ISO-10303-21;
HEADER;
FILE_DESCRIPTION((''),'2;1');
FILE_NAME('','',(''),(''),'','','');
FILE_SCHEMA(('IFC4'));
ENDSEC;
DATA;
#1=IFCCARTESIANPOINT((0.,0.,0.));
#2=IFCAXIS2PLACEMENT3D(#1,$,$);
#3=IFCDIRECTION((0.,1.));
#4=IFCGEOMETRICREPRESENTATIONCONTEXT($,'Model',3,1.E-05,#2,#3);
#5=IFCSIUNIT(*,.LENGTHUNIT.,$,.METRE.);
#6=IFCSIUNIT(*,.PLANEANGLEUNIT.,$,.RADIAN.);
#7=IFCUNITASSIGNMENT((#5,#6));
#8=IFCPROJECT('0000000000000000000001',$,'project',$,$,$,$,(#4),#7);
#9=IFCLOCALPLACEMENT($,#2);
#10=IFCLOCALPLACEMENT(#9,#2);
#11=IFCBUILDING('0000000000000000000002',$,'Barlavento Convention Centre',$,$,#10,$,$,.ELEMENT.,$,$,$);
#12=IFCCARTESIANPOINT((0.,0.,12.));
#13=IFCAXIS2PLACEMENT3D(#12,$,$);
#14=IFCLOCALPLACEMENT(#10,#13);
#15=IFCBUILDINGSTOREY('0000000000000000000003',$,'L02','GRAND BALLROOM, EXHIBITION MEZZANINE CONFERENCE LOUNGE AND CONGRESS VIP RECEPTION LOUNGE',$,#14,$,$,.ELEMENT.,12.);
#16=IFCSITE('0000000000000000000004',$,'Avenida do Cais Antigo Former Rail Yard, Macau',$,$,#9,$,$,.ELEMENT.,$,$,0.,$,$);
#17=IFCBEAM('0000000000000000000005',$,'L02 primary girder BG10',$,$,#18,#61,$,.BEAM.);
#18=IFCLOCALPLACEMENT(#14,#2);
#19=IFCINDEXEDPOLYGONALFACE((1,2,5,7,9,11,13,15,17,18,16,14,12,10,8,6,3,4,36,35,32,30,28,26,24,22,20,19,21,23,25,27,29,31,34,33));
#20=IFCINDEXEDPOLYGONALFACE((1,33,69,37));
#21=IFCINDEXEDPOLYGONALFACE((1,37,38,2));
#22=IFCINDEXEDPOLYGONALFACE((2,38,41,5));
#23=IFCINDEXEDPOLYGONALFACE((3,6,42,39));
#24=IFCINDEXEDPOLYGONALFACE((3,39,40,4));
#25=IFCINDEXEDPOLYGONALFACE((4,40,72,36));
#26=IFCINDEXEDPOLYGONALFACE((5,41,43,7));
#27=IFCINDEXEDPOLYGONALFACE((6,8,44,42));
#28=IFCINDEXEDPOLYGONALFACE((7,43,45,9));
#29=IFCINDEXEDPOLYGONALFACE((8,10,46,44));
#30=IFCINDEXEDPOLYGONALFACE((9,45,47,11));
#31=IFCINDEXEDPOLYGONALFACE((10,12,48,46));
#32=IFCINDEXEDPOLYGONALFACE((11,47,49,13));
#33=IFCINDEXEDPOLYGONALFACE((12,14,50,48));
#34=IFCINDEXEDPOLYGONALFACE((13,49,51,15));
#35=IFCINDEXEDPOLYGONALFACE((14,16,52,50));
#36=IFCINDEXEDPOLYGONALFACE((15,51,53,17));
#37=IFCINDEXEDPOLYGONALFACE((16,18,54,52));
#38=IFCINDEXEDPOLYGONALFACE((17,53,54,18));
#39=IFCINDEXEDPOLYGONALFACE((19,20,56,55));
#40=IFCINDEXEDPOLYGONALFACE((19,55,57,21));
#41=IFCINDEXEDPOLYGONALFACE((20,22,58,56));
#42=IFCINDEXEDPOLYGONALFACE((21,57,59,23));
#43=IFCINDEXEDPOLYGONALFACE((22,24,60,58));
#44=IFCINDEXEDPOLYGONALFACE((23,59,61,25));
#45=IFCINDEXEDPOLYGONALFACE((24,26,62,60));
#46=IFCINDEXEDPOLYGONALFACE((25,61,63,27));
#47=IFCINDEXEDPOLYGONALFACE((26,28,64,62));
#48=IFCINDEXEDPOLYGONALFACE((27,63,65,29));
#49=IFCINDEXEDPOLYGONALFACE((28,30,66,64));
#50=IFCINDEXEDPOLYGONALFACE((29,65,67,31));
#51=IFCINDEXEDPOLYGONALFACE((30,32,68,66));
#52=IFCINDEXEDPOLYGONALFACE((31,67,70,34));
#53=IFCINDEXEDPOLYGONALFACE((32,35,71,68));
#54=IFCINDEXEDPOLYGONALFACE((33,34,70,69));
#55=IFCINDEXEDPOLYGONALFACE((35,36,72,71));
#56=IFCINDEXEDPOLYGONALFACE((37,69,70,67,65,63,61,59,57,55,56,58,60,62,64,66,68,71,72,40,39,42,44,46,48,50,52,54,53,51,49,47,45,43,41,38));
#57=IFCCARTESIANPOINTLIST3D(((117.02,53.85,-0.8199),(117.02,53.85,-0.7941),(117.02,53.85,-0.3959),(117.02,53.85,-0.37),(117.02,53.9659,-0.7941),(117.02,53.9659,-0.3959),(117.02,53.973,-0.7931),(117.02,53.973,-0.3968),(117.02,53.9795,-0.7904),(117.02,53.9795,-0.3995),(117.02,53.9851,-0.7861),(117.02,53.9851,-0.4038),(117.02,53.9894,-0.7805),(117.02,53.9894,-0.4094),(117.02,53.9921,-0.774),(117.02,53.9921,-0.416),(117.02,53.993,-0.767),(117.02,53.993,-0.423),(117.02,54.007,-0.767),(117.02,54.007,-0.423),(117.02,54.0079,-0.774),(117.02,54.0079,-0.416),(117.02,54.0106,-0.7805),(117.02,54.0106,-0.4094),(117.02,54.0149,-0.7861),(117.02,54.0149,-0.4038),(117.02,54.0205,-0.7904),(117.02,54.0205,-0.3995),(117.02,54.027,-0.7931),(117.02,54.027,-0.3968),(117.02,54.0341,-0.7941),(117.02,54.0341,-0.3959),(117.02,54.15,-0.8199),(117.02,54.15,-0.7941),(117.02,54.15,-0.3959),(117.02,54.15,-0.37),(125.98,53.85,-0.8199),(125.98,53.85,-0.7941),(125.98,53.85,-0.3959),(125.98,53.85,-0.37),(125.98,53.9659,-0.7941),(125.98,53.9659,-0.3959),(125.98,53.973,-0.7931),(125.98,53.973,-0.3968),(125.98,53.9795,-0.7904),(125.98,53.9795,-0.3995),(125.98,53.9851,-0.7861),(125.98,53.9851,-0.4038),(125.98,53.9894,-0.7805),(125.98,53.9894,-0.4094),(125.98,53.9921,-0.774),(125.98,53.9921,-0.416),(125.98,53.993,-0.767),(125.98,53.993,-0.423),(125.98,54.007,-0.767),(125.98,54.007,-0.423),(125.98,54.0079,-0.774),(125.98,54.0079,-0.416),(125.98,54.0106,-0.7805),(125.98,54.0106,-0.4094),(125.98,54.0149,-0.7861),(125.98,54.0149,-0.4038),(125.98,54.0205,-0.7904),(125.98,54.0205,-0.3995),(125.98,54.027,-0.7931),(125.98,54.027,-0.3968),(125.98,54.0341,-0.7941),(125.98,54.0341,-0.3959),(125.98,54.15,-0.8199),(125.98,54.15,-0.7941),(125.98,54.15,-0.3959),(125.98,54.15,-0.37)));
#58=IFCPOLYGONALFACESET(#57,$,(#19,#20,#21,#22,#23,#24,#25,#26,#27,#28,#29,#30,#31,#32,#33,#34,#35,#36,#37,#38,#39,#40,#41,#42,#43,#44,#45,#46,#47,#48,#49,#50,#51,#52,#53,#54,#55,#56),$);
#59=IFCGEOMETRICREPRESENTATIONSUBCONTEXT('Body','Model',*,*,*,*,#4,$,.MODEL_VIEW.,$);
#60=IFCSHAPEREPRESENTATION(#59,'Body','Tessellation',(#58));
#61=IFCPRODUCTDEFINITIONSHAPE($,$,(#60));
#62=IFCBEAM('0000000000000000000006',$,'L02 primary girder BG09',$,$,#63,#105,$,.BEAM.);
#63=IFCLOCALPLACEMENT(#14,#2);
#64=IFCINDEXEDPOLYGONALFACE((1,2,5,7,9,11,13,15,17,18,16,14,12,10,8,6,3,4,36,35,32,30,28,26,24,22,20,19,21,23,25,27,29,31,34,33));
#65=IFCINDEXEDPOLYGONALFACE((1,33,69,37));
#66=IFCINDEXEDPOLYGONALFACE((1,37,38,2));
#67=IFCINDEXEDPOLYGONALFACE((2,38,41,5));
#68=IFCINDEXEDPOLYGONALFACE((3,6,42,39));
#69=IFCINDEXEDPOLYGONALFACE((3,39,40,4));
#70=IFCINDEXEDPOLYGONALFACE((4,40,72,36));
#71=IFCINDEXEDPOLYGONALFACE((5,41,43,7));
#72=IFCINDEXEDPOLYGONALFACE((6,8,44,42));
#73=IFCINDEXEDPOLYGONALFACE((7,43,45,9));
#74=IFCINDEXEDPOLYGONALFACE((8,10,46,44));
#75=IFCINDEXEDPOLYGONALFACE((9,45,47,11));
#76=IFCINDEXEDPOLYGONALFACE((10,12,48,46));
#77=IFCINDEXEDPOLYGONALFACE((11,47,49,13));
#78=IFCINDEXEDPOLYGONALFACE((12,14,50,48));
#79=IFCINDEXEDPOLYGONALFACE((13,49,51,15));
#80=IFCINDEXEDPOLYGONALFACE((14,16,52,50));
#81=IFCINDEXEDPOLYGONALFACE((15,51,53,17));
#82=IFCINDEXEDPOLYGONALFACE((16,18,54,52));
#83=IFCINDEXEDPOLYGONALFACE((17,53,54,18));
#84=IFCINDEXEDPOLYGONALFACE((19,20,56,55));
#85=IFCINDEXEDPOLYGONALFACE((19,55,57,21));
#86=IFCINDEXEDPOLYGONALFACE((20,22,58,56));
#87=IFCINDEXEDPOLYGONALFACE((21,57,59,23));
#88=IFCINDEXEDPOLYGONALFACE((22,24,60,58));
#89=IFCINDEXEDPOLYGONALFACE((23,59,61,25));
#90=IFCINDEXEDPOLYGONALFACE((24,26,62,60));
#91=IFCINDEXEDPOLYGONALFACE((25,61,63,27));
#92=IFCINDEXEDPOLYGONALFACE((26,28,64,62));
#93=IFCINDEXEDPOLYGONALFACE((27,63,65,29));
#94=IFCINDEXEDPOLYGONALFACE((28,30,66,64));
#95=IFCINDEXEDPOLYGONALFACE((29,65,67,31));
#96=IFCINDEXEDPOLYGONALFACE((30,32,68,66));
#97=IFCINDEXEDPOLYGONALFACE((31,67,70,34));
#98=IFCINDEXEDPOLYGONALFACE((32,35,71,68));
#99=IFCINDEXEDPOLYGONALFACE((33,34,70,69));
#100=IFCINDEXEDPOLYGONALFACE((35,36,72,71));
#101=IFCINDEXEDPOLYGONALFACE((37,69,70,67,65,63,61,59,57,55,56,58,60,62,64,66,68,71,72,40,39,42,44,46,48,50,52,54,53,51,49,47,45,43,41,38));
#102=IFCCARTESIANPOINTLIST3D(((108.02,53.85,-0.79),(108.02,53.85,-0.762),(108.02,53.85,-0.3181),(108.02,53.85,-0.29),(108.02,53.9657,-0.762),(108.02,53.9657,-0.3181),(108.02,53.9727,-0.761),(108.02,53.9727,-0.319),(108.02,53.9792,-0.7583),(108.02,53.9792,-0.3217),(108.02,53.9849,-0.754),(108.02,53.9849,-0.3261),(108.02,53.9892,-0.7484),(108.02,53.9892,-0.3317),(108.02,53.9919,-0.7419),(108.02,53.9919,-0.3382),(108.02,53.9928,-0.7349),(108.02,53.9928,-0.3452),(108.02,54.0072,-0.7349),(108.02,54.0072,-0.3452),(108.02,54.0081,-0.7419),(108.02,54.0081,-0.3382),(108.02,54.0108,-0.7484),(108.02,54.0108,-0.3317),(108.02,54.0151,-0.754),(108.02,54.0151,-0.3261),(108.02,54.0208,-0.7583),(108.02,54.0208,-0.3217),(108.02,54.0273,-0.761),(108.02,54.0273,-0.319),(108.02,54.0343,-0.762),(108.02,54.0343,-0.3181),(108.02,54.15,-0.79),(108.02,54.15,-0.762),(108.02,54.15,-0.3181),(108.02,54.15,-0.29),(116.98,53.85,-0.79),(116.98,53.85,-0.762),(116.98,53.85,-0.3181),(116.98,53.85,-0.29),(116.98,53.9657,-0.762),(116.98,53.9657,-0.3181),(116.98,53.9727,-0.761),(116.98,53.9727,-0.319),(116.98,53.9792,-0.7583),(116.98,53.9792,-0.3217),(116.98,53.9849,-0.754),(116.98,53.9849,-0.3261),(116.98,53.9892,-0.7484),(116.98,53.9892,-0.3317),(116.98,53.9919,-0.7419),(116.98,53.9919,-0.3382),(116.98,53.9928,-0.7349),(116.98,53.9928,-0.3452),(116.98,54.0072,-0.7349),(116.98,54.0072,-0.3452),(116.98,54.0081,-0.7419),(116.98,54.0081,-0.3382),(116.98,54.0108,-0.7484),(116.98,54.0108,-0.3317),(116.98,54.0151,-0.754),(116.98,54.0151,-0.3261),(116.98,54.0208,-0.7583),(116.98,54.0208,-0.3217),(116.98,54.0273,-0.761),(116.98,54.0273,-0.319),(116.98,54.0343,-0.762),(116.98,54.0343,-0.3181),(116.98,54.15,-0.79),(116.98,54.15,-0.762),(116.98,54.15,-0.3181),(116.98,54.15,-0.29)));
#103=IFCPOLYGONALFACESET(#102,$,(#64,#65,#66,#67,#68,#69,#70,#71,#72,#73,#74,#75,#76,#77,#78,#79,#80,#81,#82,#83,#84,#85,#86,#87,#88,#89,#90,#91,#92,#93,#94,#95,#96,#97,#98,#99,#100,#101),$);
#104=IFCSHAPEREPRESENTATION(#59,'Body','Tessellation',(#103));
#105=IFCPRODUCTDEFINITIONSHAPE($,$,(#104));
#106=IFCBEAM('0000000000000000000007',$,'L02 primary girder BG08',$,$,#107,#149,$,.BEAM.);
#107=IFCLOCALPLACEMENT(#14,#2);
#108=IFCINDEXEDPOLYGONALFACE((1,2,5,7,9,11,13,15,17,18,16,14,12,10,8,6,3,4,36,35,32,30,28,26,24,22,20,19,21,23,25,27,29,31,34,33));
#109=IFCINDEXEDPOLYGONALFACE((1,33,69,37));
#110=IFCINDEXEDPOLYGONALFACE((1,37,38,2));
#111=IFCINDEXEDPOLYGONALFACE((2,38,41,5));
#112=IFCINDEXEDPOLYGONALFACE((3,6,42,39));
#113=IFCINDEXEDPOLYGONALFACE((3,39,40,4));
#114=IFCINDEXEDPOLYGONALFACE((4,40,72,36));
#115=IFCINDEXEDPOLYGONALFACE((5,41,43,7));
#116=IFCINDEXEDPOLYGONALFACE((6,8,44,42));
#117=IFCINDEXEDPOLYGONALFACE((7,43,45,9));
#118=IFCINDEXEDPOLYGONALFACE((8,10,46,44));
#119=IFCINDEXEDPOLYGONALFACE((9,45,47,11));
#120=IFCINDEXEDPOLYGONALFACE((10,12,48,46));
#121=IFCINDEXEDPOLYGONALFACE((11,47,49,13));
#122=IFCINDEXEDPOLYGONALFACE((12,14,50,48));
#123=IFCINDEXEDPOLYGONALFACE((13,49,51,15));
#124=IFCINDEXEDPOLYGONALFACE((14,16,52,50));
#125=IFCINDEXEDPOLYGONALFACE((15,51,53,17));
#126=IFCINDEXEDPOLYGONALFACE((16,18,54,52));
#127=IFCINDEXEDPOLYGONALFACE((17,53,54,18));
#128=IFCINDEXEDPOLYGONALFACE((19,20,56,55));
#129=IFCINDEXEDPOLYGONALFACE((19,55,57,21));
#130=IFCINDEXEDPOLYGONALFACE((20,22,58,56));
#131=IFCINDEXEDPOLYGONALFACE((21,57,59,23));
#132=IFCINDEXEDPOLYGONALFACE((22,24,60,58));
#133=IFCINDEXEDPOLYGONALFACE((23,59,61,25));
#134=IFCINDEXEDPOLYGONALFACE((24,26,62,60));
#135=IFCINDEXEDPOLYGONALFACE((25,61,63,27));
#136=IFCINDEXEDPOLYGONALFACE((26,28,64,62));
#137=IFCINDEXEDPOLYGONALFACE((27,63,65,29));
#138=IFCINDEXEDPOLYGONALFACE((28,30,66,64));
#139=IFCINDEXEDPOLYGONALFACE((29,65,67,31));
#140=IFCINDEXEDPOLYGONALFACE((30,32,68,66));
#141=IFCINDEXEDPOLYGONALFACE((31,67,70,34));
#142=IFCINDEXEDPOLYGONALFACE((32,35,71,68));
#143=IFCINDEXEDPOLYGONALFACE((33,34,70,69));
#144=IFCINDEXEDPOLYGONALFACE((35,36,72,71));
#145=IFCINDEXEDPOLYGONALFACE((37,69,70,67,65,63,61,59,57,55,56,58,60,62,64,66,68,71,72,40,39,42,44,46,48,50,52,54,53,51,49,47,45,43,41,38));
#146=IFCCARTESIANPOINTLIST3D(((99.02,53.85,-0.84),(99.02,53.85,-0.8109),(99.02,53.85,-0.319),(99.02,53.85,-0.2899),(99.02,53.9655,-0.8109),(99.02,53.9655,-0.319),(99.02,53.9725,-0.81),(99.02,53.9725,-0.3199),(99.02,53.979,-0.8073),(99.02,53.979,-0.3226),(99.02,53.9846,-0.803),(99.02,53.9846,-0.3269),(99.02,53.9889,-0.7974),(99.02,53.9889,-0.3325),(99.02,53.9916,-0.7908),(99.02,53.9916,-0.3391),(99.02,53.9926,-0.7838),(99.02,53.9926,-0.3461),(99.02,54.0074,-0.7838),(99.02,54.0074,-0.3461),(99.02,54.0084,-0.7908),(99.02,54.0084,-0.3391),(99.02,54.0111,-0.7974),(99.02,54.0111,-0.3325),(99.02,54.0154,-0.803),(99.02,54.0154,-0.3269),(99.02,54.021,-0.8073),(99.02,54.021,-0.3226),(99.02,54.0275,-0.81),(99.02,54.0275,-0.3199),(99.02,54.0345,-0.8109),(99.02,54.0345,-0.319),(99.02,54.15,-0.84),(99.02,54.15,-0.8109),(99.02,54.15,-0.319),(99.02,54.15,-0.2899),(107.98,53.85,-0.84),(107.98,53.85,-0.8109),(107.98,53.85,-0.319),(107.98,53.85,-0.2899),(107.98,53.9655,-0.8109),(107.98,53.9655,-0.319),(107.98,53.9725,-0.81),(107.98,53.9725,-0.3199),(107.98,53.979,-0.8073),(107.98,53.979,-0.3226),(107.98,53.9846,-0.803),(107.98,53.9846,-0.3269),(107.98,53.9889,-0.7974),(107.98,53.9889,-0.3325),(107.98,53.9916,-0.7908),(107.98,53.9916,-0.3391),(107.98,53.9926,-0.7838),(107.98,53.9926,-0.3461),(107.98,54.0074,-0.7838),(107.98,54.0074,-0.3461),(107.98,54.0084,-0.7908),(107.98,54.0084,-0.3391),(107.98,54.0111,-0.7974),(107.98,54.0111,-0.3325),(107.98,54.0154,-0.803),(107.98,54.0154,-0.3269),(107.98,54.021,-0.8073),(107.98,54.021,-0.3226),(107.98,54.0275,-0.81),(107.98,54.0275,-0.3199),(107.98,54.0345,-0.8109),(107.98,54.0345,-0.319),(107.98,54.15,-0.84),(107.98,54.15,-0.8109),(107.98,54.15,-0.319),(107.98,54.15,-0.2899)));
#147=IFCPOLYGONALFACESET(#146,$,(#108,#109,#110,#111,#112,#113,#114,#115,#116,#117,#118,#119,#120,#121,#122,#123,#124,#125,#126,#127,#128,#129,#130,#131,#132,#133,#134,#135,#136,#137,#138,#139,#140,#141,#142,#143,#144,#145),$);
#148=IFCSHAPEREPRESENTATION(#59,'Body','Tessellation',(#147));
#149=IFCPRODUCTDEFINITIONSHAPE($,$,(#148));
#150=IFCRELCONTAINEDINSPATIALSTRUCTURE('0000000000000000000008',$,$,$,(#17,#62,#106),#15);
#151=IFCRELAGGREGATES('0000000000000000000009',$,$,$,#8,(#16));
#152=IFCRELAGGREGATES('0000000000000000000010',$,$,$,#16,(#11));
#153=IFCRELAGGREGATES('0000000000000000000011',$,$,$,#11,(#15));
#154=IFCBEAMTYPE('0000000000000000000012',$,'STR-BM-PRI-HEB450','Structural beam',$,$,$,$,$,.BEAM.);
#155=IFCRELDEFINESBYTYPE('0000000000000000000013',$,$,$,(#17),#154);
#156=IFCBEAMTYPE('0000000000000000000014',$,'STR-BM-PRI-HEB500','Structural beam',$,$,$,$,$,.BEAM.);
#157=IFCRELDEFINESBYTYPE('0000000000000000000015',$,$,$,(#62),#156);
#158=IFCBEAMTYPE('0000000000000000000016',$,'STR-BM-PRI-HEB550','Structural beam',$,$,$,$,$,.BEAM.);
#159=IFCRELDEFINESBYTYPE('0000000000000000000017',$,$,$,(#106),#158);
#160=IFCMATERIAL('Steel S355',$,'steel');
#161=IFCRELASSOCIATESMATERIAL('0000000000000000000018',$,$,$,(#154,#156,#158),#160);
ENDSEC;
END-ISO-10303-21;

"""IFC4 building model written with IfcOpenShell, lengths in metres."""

from ifc_helpers import new_model, si_unit, direction, frame, origin, origin_2d, place, context, subcontext, project, spatial, i_section, extrude, material, material_profile, profile_set, type_object, element, save


model = new_model("IFC4")

# Units and contexts
model_context = context("Model", 3, precision=1e-05, world=origin(), true_north=direction((0.0, 1.0)))
body_context = subcontext(model_context, "Body", "Model", "MODEL_VIEW")
ifc_project = project(units=[si_unit("LENGTHUNIT", "METRE"), si_unit("PLANEANGLEUNIT", "RADIAN")], contexts=[model_context])

# Site, building, storey
site_placement = place(None, origin())
site = spatial("IfcSite", under=ifc_project, at=site_placement, Name="Avenida do Cais Antigo Former Rail Yard, Macau", CompositionType="ELEMENT", RefElevation=0.0)
building_placement = place(site_placement, origin())
building = spatial("IfcBuilding", under=site, at=building_placement, Name="Barlavento Convention Centre", CompositionType="ELEMENT")
storey_placement = place(building_placement, frame((0.0, 0.0, 12.0)))
storey = spatial("IfcBuildingStorey", under=building, at=storey_placement, Name="L02", Description="GRAND BALLROOM, EXHIBITION MEZZANINE CONFERENCE LOUNGE AND CONGRESS VIP RECEPTION LOUNGE", CompositionType="ELEMENT", Elevation=12.0)

# Shared definitions
ifc_material_1 = material(Name="Steel S355", Category="steel")

# Beams
ifc_material_profile_1 = material_profile(ifc_material_1, i_section(OverallWidth=0.3, OverallDepth=0.45, WebThickness=0.0139, FlangeThickness=0.0259, FilletRadius=0.0271, at=origin_2d()), Name="HEB 450")
ifc_profile_set_1 = profile_set([ifc_material_profile_1], Name="Steel S355")
beam_type_1 = type_object("IfcBeamType", Name="STR-BM-PRI-HEB450", Description="Structural beam", PredefinedType="BEAM", material=ifc_profile_set_1)
beam_1_placement = place(storey_placement, frame((117.02, 54.0, -0.595), z_axis=(1.0, 0.0, 0.0), x_axis=(0.0, 1.0, 0.0)))
element("IfcBeam", 1, at=beam_1_placement, inside=storey, type_object=beam_type_1, Name="L02 primary girder BG10", PredefinedType="BEAM", context=body_context, shape_type="SweptSolid", body=[
    extrude(i_section(OverallWidth=0.3, OverallDepth=0.45, WebThickness=0.0139, FlangeThickness=0.0259, FilletRadius=0.0271, at=origin_2d()), origin(), (0.0, 0.0, 1.0), 8.96),
])
ifc_material_profile_2 = material_profile(ifc_material_1, i_section(OverallWidth=0.3, OverallDepth=0.5, WebThickness=0.0144, FlangeThickness=0.0281, FilletRadius=0.0271, at=origin_2d()), Name="HEB 500")
ifc_profile_set_2 = profile_set([ifc_material_profile_2], Name="Steel S355")
beam_type_2 = type_object("IfcBeamType", Name="STR-BM-PRI-HEB500", Description="Structural beam", PredefinedType="BEAM", material=ifc_profile_set_2)
beam_2_placement = place(storey_placement, frame((108.02, 54.0, -0.54), z_axis=(1.0, 0.0, 0.0), x_axis=(0.0, 1.0, 0.0)))
element("IfcBeam", 2, at=beam_2_placement, inside=storey, type_object=beam_type_2, Name="L02 primary girder BG09", PredefinedType="BEAM", context=body_context, shape_type="SweptSolid", body=[
    extrude(i_section(OverallWidth=0.3, OverallDepth=0.5, WebThickness=0.0144, FlangeThickness=0.0281, FilletRadius=0.0271, at=origin_2d()), origin(), (0.0, 0.0, 1.0), 8.96),
])
ifc_material_profile_3 = material_profile(ifc_material_1, i_section(OverallWidth=0.3, OverallDepth=0.55, WebThickness=0.0149, FlangeThickness=0.0291, FilletRadius=0.0271, at=origin_2d()), Name="HEB 550")
ifc_profile_set_3 = profile_set([ifc_material_profile_3], Name="Steel S355")
beam_type_3 = type_object("IfcBeamType", Name="STR-BM-PRI-HEB550", Description="Structural beam", PredefinedType="BEAM", material=ifc_profile_set_3)
beam_3_placement = place(storey_placement, frame((99.02, 54.0, -0.5649), z_axis=(1.0, 0.0, 0.0), x_axis=(0.0, 1.0, 0.0)))
element("IfcBeam", 3, at=beam_3_placement, inside=storey, type_object=beam_type_3, Name="L02 primary girder BG08", PredefinedType="BEAM", context=body_context, shape_type="SweptSolid", body=[
    extrude(i_section(OverallWidth=0.3, OverallDepth=0.55, WebThickness=0.0149, FlangeThickness=0.0291, FilletRadius=0.0271, at=origin_2d()), origin(), (0.0, 0.0, 1.0), 8.96),
])

save(model, "model.ifc")
